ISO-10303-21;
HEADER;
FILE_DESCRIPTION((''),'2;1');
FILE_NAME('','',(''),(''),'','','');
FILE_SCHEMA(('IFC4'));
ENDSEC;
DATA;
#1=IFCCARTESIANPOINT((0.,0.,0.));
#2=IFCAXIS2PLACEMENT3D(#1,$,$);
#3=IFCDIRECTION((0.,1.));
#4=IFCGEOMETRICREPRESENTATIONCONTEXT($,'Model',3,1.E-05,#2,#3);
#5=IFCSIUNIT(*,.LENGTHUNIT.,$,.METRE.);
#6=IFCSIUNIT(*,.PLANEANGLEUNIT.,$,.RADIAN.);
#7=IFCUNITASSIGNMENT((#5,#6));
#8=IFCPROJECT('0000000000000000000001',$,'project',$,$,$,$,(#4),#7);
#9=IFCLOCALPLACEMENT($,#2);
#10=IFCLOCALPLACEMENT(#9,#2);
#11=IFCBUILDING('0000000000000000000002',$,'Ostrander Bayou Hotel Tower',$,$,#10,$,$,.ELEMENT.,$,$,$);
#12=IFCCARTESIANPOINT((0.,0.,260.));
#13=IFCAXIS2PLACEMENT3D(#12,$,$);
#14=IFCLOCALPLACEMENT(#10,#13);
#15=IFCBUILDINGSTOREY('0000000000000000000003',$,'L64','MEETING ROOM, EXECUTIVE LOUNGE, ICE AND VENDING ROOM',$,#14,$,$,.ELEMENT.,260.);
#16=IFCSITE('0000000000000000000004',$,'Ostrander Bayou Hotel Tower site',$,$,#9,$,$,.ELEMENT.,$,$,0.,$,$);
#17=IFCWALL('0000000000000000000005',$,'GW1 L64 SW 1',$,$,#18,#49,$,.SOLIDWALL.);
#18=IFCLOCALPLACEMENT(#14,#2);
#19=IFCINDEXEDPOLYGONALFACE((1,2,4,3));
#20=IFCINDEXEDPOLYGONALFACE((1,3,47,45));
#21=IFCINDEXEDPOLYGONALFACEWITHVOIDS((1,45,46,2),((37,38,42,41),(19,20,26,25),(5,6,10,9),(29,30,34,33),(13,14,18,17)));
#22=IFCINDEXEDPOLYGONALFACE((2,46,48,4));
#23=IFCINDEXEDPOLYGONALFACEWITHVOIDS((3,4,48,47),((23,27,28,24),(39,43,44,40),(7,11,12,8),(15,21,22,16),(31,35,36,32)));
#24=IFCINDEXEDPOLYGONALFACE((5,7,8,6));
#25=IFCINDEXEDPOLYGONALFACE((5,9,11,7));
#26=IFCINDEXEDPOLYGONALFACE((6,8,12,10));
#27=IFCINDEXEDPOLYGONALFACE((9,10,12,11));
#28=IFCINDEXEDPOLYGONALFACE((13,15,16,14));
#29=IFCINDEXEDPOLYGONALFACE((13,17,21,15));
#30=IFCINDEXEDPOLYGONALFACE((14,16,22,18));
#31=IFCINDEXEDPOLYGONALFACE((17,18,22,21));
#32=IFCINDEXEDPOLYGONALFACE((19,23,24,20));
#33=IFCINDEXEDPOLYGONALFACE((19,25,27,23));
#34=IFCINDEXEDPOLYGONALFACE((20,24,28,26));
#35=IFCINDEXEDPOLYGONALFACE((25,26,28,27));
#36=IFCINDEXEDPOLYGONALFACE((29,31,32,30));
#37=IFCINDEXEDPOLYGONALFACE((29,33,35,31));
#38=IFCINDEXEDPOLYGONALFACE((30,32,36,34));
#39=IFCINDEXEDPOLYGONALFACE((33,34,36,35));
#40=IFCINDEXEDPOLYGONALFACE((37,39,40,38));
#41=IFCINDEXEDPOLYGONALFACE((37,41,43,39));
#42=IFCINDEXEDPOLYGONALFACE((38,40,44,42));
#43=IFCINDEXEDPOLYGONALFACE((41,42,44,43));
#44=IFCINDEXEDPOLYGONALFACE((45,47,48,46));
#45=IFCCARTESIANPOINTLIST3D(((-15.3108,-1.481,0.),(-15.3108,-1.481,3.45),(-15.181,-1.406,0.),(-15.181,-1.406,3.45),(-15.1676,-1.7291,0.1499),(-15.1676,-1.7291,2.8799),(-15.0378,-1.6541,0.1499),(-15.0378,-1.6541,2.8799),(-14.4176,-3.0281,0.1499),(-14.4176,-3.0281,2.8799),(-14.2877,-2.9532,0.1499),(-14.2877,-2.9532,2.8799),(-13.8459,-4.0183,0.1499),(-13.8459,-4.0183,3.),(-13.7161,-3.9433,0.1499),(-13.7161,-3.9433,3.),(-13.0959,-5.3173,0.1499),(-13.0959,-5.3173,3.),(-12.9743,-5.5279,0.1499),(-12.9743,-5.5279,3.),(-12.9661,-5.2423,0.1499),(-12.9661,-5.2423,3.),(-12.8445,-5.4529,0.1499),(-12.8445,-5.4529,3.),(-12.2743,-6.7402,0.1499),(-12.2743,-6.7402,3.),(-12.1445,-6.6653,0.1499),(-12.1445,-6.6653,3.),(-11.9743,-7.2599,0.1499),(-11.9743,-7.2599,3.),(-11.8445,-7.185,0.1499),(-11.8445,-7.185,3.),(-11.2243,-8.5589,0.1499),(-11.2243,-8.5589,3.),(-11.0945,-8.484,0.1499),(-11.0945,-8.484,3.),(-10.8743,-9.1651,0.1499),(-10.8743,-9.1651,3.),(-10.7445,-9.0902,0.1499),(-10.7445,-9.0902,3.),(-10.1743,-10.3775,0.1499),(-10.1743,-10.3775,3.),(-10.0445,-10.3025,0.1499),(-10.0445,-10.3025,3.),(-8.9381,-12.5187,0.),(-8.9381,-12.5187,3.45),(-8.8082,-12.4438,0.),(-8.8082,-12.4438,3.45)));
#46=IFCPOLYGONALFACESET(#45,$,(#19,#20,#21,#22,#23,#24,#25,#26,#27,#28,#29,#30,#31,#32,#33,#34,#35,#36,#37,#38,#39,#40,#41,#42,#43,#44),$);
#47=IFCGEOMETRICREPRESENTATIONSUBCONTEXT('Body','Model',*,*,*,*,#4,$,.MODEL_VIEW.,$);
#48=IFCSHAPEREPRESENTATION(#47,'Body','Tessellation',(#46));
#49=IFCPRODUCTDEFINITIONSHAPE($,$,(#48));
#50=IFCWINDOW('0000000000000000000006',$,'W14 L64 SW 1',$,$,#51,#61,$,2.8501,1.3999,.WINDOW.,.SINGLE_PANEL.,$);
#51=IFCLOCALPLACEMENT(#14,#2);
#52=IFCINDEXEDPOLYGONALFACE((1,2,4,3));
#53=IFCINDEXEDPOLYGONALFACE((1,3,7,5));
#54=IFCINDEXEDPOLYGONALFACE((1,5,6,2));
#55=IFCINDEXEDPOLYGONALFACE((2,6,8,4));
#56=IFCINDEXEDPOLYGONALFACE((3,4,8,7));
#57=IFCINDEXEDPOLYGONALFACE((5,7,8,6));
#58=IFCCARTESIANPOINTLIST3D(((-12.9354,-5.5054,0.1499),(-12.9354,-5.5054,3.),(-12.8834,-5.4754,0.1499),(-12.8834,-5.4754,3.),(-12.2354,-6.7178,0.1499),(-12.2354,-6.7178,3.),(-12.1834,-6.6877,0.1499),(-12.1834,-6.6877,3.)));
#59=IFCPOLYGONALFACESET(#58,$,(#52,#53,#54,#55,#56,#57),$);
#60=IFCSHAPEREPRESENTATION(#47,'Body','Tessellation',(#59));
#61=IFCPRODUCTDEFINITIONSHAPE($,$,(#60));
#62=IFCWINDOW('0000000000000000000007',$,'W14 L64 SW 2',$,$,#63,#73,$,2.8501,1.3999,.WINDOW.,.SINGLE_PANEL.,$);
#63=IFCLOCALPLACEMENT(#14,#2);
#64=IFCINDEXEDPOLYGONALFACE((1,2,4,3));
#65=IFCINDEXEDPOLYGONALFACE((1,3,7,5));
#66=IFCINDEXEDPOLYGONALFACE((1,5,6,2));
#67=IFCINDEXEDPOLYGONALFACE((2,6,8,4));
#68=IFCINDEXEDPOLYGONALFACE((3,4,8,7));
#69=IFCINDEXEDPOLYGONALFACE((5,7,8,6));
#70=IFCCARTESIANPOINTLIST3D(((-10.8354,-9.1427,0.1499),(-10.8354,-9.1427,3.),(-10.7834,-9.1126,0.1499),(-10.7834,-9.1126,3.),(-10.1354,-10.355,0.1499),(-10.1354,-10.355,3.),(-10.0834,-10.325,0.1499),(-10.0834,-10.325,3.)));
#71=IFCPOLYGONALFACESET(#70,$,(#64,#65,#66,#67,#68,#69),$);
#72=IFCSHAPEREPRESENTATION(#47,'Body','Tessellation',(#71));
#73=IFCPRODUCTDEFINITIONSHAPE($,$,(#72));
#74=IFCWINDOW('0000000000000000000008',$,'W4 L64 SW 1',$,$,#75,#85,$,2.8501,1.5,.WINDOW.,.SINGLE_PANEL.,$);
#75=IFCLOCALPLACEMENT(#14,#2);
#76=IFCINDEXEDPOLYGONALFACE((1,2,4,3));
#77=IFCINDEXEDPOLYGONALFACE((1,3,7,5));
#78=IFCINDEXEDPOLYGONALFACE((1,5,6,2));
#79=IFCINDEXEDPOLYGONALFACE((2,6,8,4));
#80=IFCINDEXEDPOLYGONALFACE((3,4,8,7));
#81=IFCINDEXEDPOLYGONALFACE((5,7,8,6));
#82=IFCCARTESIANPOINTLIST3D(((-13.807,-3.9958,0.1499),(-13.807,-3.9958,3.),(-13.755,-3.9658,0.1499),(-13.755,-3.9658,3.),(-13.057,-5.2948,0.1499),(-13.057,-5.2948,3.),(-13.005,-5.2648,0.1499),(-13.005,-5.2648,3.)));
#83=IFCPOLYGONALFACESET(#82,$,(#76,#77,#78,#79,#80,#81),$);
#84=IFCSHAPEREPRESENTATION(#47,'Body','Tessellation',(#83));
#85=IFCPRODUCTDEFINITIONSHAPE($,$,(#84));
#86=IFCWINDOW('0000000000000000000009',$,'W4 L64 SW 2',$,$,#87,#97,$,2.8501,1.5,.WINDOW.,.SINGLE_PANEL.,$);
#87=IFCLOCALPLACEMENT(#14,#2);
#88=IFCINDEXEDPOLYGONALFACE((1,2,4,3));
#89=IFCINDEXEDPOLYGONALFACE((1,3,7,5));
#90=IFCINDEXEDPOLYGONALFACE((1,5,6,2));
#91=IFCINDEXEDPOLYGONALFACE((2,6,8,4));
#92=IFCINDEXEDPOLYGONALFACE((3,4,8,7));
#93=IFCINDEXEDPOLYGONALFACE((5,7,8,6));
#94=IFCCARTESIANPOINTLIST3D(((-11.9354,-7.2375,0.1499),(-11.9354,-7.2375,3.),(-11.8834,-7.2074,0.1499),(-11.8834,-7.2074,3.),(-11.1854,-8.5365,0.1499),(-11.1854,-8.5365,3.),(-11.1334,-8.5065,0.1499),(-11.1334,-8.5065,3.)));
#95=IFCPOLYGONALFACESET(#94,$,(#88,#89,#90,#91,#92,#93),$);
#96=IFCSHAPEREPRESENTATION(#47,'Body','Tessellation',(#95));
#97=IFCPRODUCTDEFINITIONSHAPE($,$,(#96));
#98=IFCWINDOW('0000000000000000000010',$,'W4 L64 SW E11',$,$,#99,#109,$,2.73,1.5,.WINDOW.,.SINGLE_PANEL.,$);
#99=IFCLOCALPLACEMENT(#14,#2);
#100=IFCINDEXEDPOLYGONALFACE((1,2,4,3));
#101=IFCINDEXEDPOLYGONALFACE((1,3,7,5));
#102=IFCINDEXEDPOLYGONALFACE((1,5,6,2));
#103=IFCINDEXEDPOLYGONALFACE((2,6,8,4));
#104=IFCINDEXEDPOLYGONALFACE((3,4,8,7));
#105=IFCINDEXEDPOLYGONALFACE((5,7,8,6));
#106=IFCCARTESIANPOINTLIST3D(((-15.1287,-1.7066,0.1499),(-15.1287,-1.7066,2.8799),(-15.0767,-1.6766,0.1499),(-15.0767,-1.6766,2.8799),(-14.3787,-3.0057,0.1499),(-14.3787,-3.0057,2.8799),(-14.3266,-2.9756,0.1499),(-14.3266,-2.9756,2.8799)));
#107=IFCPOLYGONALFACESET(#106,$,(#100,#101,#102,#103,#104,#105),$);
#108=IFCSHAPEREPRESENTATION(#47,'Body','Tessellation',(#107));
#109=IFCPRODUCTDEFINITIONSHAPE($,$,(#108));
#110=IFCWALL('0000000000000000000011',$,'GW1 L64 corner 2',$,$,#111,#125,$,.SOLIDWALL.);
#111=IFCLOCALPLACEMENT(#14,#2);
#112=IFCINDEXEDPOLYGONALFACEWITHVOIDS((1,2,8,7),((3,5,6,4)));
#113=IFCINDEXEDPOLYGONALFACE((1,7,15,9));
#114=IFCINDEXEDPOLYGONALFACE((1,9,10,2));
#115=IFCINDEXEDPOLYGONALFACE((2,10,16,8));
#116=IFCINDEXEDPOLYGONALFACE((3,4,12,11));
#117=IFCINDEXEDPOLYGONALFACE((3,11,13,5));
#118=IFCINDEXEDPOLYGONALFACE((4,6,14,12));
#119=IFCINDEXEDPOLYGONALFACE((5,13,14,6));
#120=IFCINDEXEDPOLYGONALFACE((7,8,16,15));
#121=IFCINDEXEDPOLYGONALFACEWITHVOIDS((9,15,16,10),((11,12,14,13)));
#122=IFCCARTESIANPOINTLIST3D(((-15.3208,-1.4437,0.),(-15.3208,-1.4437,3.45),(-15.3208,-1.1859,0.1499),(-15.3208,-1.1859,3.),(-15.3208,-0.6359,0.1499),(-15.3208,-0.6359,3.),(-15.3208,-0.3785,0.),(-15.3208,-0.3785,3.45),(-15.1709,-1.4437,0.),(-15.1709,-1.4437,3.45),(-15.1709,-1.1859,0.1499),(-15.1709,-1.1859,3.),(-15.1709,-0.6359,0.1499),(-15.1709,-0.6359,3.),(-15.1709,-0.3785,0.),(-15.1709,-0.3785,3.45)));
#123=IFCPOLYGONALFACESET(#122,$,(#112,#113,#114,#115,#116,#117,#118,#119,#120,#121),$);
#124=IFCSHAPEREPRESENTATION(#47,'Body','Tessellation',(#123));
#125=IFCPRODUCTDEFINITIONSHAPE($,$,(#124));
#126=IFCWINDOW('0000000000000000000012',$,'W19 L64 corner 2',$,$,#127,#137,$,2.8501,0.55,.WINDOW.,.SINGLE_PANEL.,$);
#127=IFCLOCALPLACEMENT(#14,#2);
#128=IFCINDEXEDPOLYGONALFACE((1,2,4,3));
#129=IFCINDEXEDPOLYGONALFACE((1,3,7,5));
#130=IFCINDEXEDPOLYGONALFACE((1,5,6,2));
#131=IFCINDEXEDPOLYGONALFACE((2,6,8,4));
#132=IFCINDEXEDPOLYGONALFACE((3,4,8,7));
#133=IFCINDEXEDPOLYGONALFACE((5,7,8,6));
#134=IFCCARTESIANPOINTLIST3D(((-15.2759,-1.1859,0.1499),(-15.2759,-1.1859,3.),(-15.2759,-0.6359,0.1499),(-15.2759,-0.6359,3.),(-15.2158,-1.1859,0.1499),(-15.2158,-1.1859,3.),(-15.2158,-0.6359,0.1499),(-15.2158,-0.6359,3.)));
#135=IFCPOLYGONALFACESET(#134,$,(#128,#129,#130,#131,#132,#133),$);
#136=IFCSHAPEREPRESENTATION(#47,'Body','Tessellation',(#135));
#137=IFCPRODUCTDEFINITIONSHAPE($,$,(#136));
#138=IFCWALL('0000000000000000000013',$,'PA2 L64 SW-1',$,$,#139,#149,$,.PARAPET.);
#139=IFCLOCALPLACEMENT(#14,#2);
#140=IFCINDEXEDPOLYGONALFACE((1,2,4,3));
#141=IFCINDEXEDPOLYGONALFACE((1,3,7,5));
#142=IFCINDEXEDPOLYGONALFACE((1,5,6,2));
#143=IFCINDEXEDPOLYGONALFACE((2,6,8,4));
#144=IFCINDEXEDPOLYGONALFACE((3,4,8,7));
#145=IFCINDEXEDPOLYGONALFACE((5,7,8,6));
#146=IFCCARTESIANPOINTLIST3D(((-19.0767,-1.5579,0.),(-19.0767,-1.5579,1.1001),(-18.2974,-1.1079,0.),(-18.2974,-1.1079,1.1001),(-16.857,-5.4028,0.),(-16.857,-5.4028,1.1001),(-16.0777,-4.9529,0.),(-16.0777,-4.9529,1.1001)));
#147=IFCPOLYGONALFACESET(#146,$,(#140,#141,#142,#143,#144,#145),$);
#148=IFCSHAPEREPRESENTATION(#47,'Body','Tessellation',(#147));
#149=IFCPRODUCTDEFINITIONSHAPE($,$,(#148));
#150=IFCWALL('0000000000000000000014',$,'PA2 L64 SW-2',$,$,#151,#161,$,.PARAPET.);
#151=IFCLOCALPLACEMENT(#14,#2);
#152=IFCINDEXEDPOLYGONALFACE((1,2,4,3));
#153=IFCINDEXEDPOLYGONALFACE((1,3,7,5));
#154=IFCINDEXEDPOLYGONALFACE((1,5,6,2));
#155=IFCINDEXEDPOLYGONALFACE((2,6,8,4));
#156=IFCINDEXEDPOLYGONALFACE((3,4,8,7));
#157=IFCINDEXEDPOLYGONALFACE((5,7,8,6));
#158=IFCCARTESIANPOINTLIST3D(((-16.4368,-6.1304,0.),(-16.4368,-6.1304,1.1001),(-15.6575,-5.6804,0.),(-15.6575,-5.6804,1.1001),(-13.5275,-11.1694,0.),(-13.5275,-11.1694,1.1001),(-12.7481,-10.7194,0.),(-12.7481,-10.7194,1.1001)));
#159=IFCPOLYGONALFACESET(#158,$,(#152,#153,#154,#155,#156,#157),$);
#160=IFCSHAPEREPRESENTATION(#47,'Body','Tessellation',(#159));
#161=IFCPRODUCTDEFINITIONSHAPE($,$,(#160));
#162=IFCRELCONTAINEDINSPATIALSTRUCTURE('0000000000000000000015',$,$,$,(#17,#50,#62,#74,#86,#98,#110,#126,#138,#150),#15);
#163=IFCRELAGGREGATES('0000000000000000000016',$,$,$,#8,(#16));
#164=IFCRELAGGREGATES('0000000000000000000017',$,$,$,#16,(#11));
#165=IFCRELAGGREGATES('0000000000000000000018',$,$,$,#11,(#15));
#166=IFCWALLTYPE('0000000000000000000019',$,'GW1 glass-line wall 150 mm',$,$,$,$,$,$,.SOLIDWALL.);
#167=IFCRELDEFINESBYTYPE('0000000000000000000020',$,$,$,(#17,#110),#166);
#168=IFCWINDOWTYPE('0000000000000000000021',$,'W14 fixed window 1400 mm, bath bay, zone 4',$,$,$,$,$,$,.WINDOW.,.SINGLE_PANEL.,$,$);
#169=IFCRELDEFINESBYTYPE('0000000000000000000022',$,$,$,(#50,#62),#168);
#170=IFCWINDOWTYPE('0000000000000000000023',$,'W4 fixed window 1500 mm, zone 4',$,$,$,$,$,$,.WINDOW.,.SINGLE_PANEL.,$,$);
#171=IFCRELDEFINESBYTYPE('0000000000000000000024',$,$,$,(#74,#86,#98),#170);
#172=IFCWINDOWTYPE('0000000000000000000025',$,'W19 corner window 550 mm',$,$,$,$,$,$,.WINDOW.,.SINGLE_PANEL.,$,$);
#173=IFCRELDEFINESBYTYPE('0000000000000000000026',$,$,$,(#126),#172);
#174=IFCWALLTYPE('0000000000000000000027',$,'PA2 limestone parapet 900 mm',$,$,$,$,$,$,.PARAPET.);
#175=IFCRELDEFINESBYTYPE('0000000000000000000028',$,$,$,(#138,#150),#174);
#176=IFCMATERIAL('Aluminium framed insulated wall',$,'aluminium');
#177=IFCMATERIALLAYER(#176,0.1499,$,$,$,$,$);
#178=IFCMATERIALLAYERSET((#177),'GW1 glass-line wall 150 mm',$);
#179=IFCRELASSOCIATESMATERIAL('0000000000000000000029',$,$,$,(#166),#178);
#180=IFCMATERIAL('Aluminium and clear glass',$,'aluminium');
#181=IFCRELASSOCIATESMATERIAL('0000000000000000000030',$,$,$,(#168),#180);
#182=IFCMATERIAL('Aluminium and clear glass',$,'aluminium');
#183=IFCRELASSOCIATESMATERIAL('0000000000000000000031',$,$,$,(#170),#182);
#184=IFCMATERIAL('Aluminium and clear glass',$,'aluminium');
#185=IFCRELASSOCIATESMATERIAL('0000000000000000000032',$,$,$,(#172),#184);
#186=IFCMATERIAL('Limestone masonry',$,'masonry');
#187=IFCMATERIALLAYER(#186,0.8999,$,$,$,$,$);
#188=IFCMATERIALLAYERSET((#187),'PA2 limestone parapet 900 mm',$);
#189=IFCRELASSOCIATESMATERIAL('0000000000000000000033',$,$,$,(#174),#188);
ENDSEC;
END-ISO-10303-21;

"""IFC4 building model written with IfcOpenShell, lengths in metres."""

from ifc_helpers import new_model, si_unit, direction, frame, frame_2d, origin, place, context, subcontext, project, spatial, rectangle, extrude, material, layer, layer_set, type_object, element, fill, save


model = new_model("IFC4")

# Units and contexts
model_context = context("Model", 3, precision=1e-05, world=origin(), true_north=direction((0.0, 1.0)))
body_context = subcontext(model_context, "Body", "Model", "MODEL_VIEW")
ifc_project = project(units=[si_unit("LENGTHUNIT", "METRE"), si_unit("PLANEANGLEUNIT", "RADIAN")], contexts=[model_context])

# Site, building, storey
site_placement = place(None, origin())
site = spatial("IfcSite", under=ifc_project, at=site_placement, Name="Ostrander Bayou Hotel Tower site", CompositionType="ELEMENT", RefElevation=0.0)
building_placement = place(site_placement, origin())
building = spatial("IfcBuilding", under=site, at=building_placement, Name="Ostrander Bayou Hotel Tower", CompositionType="ELEMENT")
storey_placement = place(building_placement, frame((0.0, 0.0, 260.0)))
storey = spatial("IfcBuildingStorey", under=building, at=storey_placement, Name="L64", Description="MEETING ROOM, EXECUTIVE LOUNGE, ICE AND VENDING ROOM", CompositionType="ELEMENT", Elevation=260.0)

# Wall, openings, windows
ifc_material_1 = material(Name="Aluminium framed insulated wall", Category="aluminium")
ifc_layer_1 = layer(ifc_material_1, 0.1499)
ifc_layer_set_1 = layer_set([ifc_layer_1], Name="GW1 glass-line wall 150 mm")
wall_type_1 = type_object("IfcWallType", Name="GW1 glass-line wall 150 mm", PredefinedType="SOLIDWALL", material=ifc_layer_set_1)
wall_1_placement = place(storey_placement, frame((-15.2458, -1.4436, 0.0), z_axis=(0.0, 0.0, 1.0), x_axis=(0.500006, -0.866022, 0.0)))
wall_1 = element("IfcWall", 1, at=wall_1_placement, inside=storey, type_object=wall_type_1, Name="GW1 L64 SW 1", PredefinedType="SOLIDWALL", context=body_context, shape_type="SweptSolid", body=[
    extrude(rectangle(XDim=12.7454, YDim=0.1499, at=frame_2d((6.3726, 0.0))), origin(), (0.0, 0.0, 1.0), 3.45),
])
opening_1_placement = place(wall_1_placement, frame((2.9297, 0.0, 0.1499)))
opening_1 = element("IfcOpeningElement", 2, at=opening_1_placement, cuts=wall_1, PredefinedType="OPENING", context=body_context, shape_type="SweptSolid", body=[
    extrude(rectangle(XDim=1.5, YDim=2.8501, at=frame_2d((0.75, 1.425))), frame((0.0, 0.075, 0.0), z_axis=(0.0, -1.0, 0.0), x_axis=(1.0, 0.0, 0.0)), (0.0, 0.0, 1.0), 0.1499),
])
opening_2_placement = place(wall_1_placement, frame((4.6729, 0.0, 0.1499)))
opening_2 = element("IfcOpeningElement", 3, at=opening_2_placement, cuts=wall_1, PredefinedType="OPENING", context=body_context, shape_type="SweptSolid", body=[
    extrude(rectangle(XDim=1.3999, YDim=2.8501, at=frame_2d((0.7, 1.425))), frame((0.0, 0.075, 0.0), z_axis=(0.0, -1.0, 0.0), x_axis=(1.0, 0.0, 0.0)), (0.0, 0.0, 1.0), 0.1499),
])
opening_3_placement = place(wall_1_placement, frame((6.6729, 0.0, 0.1499)))
opening_3 = element("IfcOpeningElement", 4, at=opening_3_placement, cuts=wall_1, PredefinedType="OPENING", context=body_context, shape_type="SweptSolid", body=[
    extrude(rectangle(XDim=1.5, YDim=2.8501, at=frame_2d((0.75, 1.425))), frame((0.0, 0.075, 0.0), z_axis=(0.0, -1.0, 0.0), x_axis=(1.0, 0.0, 0.0)), (0.0, 0.0, 1.0), 0.1499),
])
opening_4_placement = place(wall_1_placement, frame((8.8728, 0.0, 0.1499)))
opening_4 = element("IfcOpeningElement", 5, at=opening_4_placement, cuts=wall_1, PredefinedType="OPENING", context=body_context, shape_type="SweptSolid", body=[
    extrude(rectangle(XDim=1.3999, YDim=2.8501, at=frame_2d((0.7, 1.425))), frame((0.0, 0.075, 0.0), z_axis=(0.0, -1.0, 0.0), x_axis=(1.0, 0.0, 0.0)), (0.0, 0.0, 1.0), 0.1499),
])
opening_5_placement = place(wall_1_placement, frame((0.2864, 0.0, 0.1499)))
opening_5 = element("IfcOpeningElement", 6, at=opening_5_placement, cuts=wall_1, PredefinedType="OPENING", context=body_context, shape_type="SweptSolid", body=[
    extrude(rectangle(XDim=1.5, YDim=2.73, at=frame_2d((0.75, 1.365))), frame((0.0, 0.075, 0.0), z_axis=(0.0, -1.0, 0.0), x_axis=(1.0, 0.0, 0.0)), (0.0, 0.0, 1.0), 0.1499),
])
ifc_material_2 = material(Name="Aluminium and clear glass", Category="aluminium")
window_type_1 = type_object("IfcWindowType", Name="W14 fixed window 1400 mm, bath bay, zone 4", PartitioningType="SINGLE_PANEL", PredefinedType="WINDOW", material=ifc_material_2)
window_1_placement = place(opening_2_placement, origin())
window_1 = element("IfcWindow", 7, at=window_1_placement, inside=storey, type_object=window_type_1, Name="W14 L64 SW 1", OverallHeight=2.8501, OverallWidth=1.3999, PartitioningType="SINGLE_PANEL", PredefinedType="WINDOW", context=body_context, shape_type="SweptSolid", body=[
    extrude(rectangle(XDim=1.3999, YDim=2.8501, at=frame_2d((0.7, 1.425))), frame((0.0, 0.03, 0.0), z_axis=(0.0, -1.0, 0.0), x_axis=(1.0, 0.0, 0.0)), (0.0, 0.0, 1.0), 0.0601),
])
fill(opening_2, window_1)
window_2_placement = place(opening_4_placement, origin())
window_2 = element("IfcWindow", 8, at=window_2_placement, inside=storey, type_object=window_type_1, Name="W14 L64 SW 2", OverallHeight=2.8501, OverallWidth=1.3999, PartitioningType="SINGLE_PANEL", PredefinedType="WINDOW", context=body_context, shape_type="SweptSolid", body=[
    extrude(rectangle(XDim=1.3999, YDim=2.8501, at=frame_2d((0.7, 1.425))), frame((0.0, 0.03, 0.0), z_axis=(0.0, -1.0, 0.0), x_axis=(1.0, 0.0, 0.0)), (0.0, 0.0, 1.0), 0.0601),
])
fill(opening_4, window_2)
ifc_material_3 = material(Name="Aluminium and clear glass", Category="aluminium")
window_type_2 = type_object("IfcWindowType", Name="W4 fixed window 1500 mm, zone 4", PartitioningType="SINGLE_PANEL", PredefinedType="WINDOW", material=ifc_material_3)
window_3_placement = place(opening_1_placement, origin())
window_3 = element("IfcWindow", 9, at=window_3_placement, inside=storey, type_object=window_type_2, Name="W4 L64 SW 1", OverallHeight=2.8501, OverallWidth=1.5, PartitioningType="SINGLE_PANEL", PredefinedType="WINDOW", context=body_context, shape_type="SweptSolid", body=[
    extrude(rectangle(XDim=1.5, YDim=2.8501, at=frame_2d((0.75, 1.425))), frame((0.0, 0.03, 0.0), z_axis=(0.0, -1.0, 0.0), x_axis=(1.0, 0.0, 0.0)), (0.0, 0.0, 1.0), 0.0601),
])
fill(opening_1, window_3)
window_4_placement = place(opening_3_placement, origin())
window_4 = element("IfcWindow", 10, at=window_4_placement, inside=storey, type_object=window_type_2, Name="W4 L64 SW 2", OverallHeight=2.8501, OverallWidth=1.5, PartitioningType="SINGLE_PANEL", PredefinedType="WINDOW", context=body_context, shape_type="SweptSolid", body=[
    extrude(rectangle(XDim=1.5, YDim=2.8501, at=frame_2d((0.75, 1.425))), frame((0.0, 0.03, 0.0), z_axis=(0.0, -1.0, 0.0), x_axis=(1.0, 0.0, 0.0)), (0.0, 0.0, 1.0), 0.0601),
])
fill(opening_3, window_4)
window_5_placement = place(opening_5_placement, origin())
window_5 = element("IfcWindow", 11, at=window_5_placement, inside=storey, type_object=window_type_2, Name="W4 L64 SW E11", OverallHeight=2.73, OverallWidth=1.5, PartitioningType="SINGLE_PANEL", PredefinedType="WINDOW", context=body_context, shape_type="SweptSolid", body=[
    extrude(rectangle(XDim=1.5, YDim=2.73, at=frame_2d((0.75, 1.365))), frame((0.0, 0.03, 0.0), z_axis=(0.0, -1.0, 0.0), x_axis=(1.0, 0.0, 0.0)), (0.0, 0.0, 1.0), 0.0601),
])
fill(opening_5, window_5)

# Wall, opening, window
wall_2_placement = place(storey_placement, frame((-15.2458, -0.3784, 0.0), z_axis=(0.0, 0.0, 1.0), x_axis=(0.0, -1.0, 0.0)))
wall_2 = element("IfcWall", 12, at=wall_2_placement, inside=storey, type_object=wall_type_1, Name="GW1 L64 corner 2", PredefinedType="SOLIDWALL", context=body_context, shape_type="SweptSolid", body=[
    extrude(rectangle(XDim=1.0652, YDim=0.1499, at=frame_2d((0.5327, 0.0))), origin(), (0.0, 0.0, 1.0), 3.45),
])
opening_6_placement = place(wall_2_placement, frame((0.2576, 0.0, 0.1499)))
opening_6 = element("IfcOpeningElement", 13, at=opening_6_placement, cuts=wall_2, PredefinedType="OPENING", context=body_context, shape_type="SweptSolid", body=[
    extrude(rectangle(XDim=0.55, YDim=2.8501, at=frame_2d((0.2749, 1.425))), frame((0.0, 0.075, 0.0), z_axis=(0.0, -1.0, 0.0), x_axis=(1.0, 0.0, 0.0)), (0.0, 0.0, 1.0), 0.1499),
])
ifc_material_4 = material(Name="Aluminium and clear glass", Category="aluminium")
window_type_3 = type_object("IfcWindowType", Name="W19 corner window 550 mm", PartitioningType="SINGLE_PANEL", PredefinedType="WINDOW", material=ifc_material_4)
window_6_placement = place(opening_6_placement, origin())
window_6 = element("IfcWindow", 14, at=window_6_placement, inside=storey, type_object=window_type_3, Name="W19 L64 corner 2", OverallHeight=2.8501, OverallWidth=0.55, PartitioningType="SINGLE_PANEL", PredefinedType="WINDOW", context=body_context, shape_type="SweptSolid", body=[
    extrude(rectangle(XDim=0.55, YDim=2.8501, at=frame_2d((0.2749, 1.425))), frame((0.0, 0.03, 0.0), z_axis=(0.0, -1.0, 0.0), x_axis=(1.0, 0.0, 0.0)), (0.0, 0.0, 1.0), 0.0601),
])
fill(opening_6, window_6)

# Walls
ifc_material_5 = material(Name="Limestone masonry", Category="masonry")
ifc_layer_2 = layer(ifc_material_5, 0.8999)
ifc_layer_set_2 = layer_set([ifc_layer_2], Name="PA2 limestone parapet 900 mm")
wall_type_2 = type_object("IfcWallType", Name="PA2 limestone parapet 900 mm", PredefinedType="PARAPET", material=ifc_layer_set_2)
wall_3_placement = place(storey_placement, frame((-18.687, -1.333, 0.0), z_axis=(0.0, 0.0, 1.0), x_axis=(0.499972, -0.866042, 0.0)))
element("IfcWall", 15, at=wall_3_placement, inside=storey, type_object=wall_type_2, Name="PA2 L64 SW-1", PredefinedType="PARAPET", context=body_context, shape_type="SweptSolid", body=[
    extrude(rectangle(XDim=4.4397, YDim=0.8999, at=frame_2d((2.2197, 0.0))), origin(), (0.0, 0.0, 1.0), 1.1001),
])
wall_4_placement = place(storey_placement, frame((-16.0471, -5.9055, 0.0), z_axis=(0.0, 0.0, 1.0), x_axis=(0.500015, -0.866016, 0.0)))
element("IfcWall", 16, at=wall_4_placement, inside=storey, type_object=wall_type_2, Name="PA2 L64 SW-2", PredefinedType="PARAPET", context=body_context, shape_type="SweptSolid", body=[
    extrude(rectangle(XDim=5.8186, YDim=0.8999, at=frame_2d((2.9092, 0.0))), origin(), (0.0, 0.0, 1.0), 1.1001),
])

save(model, "model.ifc")
